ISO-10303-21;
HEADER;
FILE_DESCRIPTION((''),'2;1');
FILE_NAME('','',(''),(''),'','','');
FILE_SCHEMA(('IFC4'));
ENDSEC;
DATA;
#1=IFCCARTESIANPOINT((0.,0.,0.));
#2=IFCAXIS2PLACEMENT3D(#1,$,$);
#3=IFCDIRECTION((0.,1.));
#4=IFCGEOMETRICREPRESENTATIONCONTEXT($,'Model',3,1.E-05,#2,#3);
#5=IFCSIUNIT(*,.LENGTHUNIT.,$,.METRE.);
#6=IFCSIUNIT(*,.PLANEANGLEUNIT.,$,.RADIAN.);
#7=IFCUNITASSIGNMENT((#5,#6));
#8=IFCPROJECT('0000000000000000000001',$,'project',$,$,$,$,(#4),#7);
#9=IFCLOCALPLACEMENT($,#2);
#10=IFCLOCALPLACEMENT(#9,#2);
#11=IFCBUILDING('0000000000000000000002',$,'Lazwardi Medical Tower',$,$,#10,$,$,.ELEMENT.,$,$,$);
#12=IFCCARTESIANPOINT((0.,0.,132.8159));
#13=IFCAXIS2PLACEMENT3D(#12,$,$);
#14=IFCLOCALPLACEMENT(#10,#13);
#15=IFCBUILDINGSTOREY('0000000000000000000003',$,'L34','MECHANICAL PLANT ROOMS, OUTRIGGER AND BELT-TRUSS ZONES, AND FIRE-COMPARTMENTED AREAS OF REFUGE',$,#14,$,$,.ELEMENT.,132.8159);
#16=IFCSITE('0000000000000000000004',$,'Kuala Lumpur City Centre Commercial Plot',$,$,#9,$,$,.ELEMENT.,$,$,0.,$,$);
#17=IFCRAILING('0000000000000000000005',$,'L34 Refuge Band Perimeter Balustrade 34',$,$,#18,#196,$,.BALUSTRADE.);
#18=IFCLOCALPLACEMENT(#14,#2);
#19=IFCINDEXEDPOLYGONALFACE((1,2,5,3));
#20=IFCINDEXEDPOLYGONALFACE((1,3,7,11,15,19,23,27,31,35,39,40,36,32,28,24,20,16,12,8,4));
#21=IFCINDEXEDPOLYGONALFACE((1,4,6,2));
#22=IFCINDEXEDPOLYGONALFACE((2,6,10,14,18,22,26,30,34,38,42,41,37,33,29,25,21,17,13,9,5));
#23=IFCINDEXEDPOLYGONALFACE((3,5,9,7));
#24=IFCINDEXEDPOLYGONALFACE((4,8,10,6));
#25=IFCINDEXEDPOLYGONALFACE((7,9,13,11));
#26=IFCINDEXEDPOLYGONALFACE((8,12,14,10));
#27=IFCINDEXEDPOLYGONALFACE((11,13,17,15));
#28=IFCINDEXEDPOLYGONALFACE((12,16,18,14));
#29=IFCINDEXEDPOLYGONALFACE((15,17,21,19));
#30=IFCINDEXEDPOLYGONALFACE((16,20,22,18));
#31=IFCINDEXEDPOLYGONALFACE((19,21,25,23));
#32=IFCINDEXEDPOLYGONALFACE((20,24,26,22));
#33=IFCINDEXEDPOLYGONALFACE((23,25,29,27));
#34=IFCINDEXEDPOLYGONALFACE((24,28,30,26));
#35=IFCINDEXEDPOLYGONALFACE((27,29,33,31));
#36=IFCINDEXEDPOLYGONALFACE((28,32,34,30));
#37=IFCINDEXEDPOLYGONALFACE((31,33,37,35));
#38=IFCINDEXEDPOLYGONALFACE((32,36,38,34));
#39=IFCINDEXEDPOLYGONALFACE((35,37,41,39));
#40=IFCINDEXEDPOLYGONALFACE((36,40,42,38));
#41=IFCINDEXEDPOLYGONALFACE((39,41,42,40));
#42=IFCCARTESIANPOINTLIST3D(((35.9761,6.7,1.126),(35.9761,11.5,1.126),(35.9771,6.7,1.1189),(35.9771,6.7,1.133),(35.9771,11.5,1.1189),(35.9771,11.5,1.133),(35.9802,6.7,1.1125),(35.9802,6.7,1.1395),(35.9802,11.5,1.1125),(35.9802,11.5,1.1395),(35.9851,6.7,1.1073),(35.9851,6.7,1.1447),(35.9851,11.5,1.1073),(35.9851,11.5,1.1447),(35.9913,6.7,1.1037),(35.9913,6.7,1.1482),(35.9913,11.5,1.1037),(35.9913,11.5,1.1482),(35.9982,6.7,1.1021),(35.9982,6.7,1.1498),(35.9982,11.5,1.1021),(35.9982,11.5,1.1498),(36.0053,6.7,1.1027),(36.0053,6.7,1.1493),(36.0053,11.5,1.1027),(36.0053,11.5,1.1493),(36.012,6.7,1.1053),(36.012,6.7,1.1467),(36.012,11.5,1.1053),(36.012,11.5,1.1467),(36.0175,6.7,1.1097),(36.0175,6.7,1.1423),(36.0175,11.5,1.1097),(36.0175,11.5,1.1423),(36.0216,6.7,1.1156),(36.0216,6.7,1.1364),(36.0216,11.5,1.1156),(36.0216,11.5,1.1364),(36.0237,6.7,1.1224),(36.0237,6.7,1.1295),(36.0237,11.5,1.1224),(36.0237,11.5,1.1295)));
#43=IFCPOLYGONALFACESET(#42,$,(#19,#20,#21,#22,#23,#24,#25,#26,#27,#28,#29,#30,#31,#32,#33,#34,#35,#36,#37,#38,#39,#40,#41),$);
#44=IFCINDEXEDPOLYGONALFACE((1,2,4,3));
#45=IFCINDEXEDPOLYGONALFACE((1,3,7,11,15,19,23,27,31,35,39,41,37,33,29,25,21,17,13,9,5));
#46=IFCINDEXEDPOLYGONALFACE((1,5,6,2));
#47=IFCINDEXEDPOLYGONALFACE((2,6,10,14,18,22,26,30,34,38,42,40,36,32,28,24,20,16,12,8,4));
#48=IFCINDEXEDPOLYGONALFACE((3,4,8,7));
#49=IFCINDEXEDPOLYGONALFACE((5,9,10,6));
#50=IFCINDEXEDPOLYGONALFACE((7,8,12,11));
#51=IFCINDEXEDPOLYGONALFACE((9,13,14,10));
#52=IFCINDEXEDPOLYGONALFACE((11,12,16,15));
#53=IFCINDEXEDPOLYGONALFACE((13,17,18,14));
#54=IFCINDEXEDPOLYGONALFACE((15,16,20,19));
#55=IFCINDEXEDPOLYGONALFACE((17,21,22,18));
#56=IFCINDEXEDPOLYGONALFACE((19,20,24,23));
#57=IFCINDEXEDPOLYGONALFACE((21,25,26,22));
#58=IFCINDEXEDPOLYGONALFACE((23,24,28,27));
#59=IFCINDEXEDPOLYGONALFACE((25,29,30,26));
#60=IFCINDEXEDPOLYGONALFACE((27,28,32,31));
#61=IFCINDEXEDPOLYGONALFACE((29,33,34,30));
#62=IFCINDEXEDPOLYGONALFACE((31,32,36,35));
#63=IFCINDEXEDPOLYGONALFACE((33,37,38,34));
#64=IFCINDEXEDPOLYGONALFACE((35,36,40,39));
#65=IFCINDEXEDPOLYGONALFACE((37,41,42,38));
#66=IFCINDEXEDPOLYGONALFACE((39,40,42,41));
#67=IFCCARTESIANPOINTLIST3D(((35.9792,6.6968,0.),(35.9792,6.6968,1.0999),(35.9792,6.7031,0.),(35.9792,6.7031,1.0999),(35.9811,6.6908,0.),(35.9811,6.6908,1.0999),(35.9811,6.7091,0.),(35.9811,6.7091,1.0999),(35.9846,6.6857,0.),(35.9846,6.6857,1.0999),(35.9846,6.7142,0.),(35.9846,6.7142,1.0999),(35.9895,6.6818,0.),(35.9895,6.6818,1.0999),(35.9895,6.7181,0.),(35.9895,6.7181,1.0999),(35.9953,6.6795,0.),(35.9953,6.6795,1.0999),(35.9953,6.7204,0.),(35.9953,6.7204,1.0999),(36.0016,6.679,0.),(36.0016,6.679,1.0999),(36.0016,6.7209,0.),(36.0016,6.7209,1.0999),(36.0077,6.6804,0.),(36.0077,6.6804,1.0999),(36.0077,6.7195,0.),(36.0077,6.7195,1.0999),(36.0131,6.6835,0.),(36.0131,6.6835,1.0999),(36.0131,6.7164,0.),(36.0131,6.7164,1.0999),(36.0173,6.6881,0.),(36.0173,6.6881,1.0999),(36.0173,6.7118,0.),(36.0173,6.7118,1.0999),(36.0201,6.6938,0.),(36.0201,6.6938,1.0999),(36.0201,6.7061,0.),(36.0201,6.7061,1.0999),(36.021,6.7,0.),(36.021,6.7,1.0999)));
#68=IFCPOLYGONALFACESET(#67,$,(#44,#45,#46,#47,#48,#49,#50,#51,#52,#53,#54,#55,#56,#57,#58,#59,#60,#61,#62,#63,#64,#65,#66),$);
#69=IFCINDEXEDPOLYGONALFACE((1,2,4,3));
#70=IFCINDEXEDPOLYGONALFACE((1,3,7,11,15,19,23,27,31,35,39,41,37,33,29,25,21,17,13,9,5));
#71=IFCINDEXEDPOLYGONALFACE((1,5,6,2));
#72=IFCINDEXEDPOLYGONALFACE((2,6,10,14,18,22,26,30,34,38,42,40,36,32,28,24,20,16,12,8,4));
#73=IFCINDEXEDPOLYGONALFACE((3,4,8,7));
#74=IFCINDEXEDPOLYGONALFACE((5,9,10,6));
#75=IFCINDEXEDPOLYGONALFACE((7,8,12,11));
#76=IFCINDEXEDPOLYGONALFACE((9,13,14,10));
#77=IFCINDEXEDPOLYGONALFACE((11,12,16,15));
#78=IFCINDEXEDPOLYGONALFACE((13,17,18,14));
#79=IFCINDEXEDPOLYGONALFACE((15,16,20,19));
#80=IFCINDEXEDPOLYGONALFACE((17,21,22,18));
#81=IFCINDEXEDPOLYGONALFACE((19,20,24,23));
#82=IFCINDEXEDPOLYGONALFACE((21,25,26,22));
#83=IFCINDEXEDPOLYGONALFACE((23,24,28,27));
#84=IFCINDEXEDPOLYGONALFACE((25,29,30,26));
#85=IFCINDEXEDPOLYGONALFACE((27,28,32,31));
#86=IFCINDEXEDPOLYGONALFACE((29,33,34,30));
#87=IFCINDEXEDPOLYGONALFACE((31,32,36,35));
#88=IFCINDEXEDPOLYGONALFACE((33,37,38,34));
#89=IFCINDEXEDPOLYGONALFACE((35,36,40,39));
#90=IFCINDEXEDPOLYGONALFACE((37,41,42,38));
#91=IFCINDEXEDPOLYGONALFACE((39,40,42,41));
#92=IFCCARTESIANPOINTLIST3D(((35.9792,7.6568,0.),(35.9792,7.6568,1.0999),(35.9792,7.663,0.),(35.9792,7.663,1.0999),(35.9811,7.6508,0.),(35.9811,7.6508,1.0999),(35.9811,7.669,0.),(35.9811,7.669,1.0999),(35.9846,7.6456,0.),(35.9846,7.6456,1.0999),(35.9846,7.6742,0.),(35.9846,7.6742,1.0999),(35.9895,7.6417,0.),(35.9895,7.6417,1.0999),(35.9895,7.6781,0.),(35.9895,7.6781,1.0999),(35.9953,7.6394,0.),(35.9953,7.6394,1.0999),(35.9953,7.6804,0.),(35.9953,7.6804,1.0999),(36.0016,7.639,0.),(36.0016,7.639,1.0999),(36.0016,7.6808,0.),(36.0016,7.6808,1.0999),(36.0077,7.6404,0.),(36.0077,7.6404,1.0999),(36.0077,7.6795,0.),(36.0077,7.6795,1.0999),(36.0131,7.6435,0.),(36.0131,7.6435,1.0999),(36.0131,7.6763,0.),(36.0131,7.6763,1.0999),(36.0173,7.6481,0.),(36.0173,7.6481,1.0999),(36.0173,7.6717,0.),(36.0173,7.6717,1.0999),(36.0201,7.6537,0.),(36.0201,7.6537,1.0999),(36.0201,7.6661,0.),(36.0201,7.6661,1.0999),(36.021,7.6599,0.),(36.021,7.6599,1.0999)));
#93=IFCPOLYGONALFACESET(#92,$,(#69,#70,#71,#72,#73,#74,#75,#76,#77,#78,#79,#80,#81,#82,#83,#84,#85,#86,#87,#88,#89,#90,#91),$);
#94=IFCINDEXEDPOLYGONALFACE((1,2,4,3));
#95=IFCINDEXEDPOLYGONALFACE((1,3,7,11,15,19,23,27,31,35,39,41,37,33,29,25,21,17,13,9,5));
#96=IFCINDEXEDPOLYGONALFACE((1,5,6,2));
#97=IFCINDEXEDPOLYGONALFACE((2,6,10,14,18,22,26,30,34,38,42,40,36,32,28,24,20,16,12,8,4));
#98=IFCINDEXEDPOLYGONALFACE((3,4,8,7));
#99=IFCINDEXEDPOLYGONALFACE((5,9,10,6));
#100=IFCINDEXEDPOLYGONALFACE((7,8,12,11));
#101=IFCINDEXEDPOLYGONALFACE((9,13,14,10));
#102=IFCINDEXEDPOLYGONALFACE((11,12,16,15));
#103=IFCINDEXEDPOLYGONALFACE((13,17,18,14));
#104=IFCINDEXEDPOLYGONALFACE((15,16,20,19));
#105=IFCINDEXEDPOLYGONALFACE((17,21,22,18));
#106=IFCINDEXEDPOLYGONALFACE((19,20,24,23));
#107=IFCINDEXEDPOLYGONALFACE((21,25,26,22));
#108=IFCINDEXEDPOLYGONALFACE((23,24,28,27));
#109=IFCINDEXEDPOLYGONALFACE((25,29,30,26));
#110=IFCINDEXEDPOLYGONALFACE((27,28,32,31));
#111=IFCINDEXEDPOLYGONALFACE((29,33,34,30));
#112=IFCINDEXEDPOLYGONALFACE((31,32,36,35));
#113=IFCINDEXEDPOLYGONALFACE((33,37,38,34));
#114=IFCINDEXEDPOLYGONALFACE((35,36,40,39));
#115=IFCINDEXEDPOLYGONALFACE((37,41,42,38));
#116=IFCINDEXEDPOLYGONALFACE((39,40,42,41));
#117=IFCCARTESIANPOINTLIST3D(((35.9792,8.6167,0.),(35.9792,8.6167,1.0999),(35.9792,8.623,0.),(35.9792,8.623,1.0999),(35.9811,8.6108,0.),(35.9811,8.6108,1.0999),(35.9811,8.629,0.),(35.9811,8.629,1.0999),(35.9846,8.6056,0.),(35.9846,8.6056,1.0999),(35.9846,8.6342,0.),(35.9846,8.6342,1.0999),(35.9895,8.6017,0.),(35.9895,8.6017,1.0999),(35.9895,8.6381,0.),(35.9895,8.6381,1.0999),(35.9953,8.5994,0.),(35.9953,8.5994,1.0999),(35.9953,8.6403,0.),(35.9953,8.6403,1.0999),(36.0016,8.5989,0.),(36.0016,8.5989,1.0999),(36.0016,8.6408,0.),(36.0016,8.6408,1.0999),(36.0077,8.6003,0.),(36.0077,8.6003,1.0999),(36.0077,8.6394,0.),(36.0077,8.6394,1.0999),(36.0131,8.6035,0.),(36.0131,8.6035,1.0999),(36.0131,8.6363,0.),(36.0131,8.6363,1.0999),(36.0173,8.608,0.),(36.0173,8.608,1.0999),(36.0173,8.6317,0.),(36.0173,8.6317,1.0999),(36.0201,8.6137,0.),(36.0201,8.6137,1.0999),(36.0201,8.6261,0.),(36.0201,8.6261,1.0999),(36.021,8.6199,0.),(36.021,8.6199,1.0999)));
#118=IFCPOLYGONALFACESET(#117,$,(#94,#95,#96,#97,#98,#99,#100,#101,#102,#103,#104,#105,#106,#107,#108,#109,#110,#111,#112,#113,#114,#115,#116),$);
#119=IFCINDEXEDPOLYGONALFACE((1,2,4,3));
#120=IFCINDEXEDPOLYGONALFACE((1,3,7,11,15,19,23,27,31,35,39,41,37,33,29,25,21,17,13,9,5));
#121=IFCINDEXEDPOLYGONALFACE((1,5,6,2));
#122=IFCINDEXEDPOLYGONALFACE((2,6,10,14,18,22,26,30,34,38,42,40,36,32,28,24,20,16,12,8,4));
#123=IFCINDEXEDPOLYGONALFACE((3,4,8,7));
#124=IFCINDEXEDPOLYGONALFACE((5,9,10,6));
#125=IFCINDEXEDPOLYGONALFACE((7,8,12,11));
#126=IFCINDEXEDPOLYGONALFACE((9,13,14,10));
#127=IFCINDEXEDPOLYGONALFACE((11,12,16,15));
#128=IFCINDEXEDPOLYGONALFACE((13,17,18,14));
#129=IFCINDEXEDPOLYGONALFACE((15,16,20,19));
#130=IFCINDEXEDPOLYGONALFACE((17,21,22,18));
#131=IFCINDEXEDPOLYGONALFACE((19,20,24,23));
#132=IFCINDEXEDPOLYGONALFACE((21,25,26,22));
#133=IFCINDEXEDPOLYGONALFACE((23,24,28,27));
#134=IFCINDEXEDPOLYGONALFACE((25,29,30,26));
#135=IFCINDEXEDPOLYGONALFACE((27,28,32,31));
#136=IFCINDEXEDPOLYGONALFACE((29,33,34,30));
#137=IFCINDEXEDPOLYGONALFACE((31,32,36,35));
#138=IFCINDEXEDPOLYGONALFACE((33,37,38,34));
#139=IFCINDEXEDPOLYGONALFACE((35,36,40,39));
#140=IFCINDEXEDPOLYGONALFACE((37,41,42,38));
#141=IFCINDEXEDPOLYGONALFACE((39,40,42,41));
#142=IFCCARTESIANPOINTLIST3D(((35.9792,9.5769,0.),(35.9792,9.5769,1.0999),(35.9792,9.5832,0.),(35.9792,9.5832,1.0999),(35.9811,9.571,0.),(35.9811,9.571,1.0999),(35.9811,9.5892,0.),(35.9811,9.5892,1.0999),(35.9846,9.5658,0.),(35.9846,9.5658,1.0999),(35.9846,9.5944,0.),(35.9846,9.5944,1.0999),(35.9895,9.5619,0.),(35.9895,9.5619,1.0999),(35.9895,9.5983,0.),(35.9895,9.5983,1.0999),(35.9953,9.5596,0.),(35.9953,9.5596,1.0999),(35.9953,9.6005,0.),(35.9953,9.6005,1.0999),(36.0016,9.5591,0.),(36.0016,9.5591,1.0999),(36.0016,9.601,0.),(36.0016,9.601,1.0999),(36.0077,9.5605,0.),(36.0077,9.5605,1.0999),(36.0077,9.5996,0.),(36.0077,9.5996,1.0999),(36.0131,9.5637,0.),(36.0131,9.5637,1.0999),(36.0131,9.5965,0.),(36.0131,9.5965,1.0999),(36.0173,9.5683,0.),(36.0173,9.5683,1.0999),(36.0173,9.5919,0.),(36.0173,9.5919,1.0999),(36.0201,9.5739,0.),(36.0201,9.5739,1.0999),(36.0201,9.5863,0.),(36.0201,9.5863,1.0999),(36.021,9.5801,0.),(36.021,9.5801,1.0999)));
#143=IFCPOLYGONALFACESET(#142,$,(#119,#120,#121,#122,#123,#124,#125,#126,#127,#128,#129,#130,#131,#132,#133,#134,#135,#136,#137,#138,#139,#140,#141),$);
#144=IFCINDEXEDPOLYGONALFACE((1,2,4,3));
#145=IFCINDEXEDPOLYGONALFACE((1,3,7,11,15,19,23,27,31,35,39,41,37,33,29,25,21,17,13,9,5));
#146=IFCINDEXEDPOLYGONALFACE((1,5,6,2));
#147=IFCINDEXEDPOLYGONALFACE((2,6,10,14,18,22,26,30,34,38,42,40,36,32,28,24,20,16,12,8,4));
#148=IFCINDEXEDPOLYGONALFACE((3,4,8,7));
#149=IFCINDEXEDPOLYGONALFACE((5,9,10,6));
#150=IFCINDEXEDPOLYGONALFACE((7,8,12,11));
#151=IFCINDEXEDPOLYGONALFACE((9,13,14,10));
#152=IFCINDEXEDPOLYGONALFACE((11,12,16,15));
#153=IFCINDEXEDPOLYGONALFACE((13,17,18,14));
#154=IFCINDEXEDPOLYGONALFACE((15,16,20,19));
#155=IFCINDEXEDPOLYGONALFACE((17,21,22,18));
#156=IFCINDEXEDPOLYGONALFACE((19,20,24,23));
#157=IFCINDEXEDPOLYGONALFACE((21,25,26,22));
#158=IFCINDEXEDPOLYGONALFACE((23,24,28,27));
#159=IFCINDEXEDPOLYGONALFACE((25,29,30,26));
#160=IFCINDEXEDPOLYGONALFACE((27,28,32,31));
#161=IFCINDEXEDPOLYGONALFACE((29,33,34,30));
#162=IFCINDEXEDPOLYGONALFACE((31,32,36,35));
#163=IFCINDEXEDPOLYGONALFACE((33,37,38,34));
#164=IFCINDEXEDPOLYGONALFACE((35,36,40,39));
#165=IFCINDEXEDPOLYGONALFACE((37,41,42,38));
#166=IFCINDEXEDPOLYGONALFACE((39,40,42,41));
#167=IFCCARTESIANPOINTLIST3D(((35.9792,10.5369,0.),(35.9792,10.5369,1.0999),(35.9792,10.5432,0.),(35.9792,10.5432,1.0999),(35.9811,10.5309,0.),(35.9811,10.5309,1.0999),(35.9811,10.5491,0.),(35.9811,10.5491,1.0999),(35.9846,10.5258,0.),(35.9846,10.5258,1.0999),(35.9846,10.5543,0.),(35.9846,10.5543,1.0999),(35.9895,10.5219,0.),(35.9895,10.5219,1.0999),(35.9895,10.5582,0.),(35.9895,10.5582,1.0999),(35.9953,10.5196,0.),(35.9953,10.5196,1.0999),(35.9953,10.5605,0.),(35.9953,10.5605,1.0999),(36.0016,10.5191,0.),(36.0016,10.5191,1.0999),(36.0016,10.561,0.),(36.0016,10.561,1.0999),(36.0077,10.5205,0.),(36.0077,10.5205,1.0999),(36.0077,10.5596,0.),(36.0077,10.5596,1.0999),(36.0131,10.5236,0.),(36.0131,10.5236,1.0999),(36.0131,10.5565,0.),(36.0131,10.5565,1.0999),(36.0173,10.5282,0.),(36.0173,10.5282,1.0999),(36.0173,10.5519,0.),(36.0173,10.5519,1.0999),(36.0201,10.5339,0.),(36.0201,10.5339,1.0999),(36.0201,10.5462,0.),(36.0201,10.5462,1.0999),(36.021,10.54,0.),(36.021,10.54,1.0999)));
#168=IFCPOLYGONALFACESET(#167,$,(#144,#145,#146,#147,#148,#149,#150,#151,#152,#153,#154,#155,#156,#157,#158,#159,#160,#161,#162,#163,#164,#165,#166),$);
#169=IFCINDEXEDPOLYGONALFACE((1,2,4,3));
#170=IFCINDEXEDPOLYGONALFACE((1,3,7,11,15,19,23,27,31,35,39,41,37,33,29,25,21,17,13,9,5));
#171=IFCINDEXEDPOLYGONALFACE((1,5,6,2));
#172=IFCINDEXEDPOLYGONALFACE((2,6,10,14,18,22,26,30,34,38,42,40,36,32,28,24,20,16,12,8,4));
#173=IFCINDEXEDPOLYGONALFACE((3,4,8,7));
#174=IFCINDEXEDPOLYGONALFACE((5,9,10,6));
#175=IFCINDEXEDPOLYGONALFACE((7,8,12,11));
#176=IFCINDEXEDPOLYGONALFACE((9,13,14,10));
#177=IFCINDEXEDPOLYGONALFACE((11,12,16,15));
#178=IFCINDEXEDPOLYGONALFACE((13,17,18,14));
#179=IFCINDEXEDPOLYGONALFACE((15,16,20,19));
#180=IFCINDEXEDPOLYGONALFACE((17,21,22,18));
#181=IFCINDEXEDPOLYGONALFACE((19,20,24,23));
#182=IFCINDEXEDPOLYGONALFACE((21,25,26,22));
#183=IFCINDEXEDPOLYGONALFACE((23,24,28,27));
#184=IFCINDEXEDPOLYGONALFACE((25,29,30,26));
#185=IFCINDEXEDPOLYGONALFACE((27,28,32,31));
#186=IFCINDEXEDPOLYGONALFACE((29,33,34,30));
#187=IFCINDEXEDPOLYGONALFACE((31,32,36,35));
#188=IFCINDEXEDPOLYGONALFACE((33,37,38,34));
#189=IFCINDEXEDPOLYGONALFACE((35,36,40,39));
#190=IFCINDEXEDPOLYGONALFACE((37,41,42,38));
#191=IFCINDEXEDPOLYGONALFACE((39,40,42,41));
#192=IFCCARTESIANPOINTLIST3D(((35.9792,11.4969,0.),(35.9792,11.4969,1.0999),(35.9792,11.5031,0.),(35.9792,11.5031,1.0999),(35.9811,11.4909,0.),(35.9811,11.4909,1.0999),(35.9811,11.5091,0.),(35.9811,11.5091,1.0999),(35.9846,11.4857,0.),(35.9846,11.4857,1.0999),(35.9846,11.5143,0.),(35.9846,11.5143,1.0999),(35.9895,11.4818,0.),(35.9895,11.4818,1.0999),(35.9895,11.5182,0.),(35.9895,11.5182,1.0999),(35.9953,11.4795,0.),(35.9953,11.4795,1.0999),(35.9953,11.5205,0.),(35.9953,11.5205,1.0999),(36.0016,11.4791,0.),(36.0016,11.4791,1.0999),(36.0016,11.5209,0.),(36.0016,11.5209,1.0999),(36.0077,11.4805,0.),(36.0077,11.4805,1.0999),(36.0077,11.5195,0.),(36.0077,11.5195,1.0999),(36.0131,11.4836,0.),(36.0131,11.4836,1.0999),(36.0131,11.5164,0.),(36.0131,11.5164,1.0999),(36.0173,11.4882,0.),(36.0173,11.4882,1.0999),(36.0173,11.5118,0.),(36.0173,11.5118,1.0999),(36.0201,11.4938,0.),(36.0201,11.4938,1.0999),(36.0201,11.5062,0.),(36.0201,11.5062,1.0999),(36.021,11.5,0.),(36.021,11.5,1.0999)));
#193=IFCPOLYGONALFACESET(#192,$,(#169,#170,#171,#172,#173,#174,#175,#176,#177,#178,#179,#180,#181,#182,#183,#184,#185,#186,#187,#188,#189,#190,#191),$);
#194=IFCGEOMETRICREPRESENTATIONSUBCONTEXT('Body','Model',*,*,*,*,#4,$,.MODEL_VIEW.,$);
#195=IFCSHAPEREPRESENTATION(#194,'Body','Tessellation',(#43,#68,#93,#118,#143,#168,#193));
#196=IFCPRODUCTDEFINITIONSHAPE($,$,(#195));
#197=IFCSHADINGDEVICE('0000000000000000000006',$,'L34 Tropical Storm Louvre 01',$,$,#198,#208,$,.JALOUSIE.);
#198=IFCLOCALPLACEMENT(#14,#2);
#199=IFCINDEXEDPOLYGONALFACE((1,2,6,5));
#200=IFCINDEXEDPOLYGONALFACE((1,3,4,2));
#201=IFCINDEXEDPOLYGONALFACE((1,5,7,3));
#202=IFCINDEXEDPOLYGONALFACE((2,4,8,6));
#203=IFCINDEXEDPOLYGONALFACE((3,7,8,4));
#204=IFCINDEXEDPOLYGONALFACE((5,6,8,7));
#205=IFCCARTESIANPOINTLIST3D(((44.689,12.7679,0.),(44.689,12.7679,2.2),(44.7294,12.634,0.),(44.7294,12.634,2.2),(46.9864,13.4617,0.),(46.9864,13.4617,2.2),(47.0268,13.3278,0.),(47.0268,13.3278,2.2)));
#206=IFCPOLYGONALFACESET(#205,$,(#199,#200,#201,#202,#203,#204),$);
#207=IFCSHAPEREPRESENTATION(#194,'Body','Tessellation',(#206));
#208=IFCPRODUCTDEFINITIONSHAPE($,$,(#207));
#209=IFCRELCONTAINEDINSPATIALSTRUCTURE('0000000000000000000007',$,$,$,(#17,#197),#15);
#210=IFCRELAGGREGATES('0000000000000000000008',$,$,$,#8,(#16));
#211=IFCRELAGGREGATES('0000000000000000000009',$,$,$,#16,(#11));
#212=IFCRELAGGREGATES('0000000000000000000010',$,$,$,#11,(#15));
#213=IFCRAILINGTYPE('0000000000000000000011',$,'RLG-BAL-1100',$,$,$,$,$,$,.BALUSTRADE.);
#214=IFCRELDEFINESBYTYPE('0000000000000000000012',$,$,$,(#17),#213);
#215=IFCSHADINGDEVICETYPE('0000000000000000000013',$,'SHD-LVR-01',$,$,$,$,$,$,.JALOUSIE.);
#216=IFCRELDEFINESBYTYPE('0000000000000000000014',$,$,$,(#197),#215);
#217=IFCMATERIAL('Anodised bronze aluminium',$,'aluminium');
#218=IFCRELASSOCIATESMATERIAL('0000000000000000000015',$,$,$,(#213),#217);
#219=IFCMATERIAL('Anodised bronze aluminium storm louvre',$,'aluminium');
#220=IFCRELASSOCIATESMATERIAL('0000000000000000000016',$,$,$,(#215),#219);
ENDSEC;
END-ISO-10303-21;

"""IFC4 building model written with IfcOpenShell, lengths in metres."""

from ifc_helpers import new_model, si_unit, direction, frame, origin, origin_2d, place, context, subcontext, project, spatial, rectangle, circle, extrude, material, type_object, element, save


model = new_model("IFC4")

# Units and contexts
model_context = context("Model", 3, precision=1e-05, world=origin(), true_north=direction((0.0, 1.0)))
body_context = subcontext(model_context, "Body", "Model", "MODEL_VIEW")
ifc_project = project(units=[si_unit("LENGTHUNIT", "METRE"), si_unit("PLANEANGLEUNIT", "RADIAN")], contexts=[model_context])

# Site, building, storey
site_placement = place(None, origin())
site = spatial("IfcSite", under=ifc_project, at=site_placement, Name="Kuala Lumpur City Centre Commercial Plot", CompositionType="ELEMENT", RefElevation=0.0)
building_placement = place(site_placement, origin())
building = spatial("IfcBuilding", under=site, at=building_placement, Name="Lazwardi Medical Tower", CompositionType="ELEMENT")
storey_placement = place(building_placement, frame((0.0, 0.0, 132.8159)))
storey = spatial("IfcBuildingStorey", under=building, at=storey_placement, Name="L34", Description="MECHANICAL PLANT ROOMS, OUTRIGGER AND BELT-TRUSS ZONES, AND FIRE-COMPARTMENTED AREAS OF REFUGE", CompositionType="ELEMENT", Elevation=132.8159)

# Railing
ifc_material_1 = material(Name="Anodised bronze aluminium", Category="aluminium")
railing_type = type_object("IfcRailingType", Name="RLG-BAL-1100", PredefinedType="BALUSTRADE", material=ifc_material_1)
railing_1_placement = place(storey_placement, frame((36.0, 6.7, 0.0)))
element("IfcRailing", 1, at=railing_1_placement, inside=storey, type_object=railing_type, Name="L34 Refuge Band Perimeter Balustrade 34", PredefinedType="BALUSTRADE", context=body_context, shape_type="SweptSolid", body=[
    extrude(circle(Radius=0.0239, at=origin_2d()), frame((0.0, 0.0, 1.126), z_axis=(0.0, 1.0, 0.0), x_axis=(-1.0, 0.0, 0.0)), (0.0, 0.0, 1.0), 4.8),
    extrude(circle(Radius=0.021, at=origin_2d()), origin(), (0.0, 0.0, 1.0), 1.0999),
    extrude(circle(Radius=0.021, at=origin_2d()), frame((0.0, 0.96, 0.0)), (0.0, 0.0, 1.0), 1.0999),
    extrude(circle(Radius=0.021, at=origin_2d()), frame((0.0, 1.9199, 0.0)), (0.0, 0.0, 1.0), 1.0999),
    extrude(circle(Radius=0.021, at=origin_2d()), frame((0.0, 2.8801, 0.0)), (0.0, 0.0, 1.0), 1.0999),
    extrude(circle(Radius=0.021, at=origin_2d()), frame((0.0, 3.8401, 0.0)), (0.0, 0.0, 1.0), 1.0999),
    extrude(circle(Radius=0.021, at=origin_2d()), frame((0.0, 4.8, 0.0)), (0.0, 0.0, 1.0), 1.0999),
])

# Shading device
ifc_material_2 = material(Name="Anodised bronze aluminium storm louvre", Category="aluminium")
shading_device_type = type_object("IfcShadingDeviceType", Name="SHD-LVR-01", PredefinedType="JALOUSIE", material=ifc_material_2)
shading_device_placement = place(storey_placement, frame((45.8579, 13.0479, 0.0), z_axis=(0.0, 0.0, 1.0), x_axis=(0.957299, 0.289099, 0.0)))
element("IfcShadingDevice", 2, at=shading_device_placement, inside=storey, type_object=shading_device_type, Name="L34 Tropical Storm Louvre 01", PredefinedType="JALOUSIE", context=body_context, shape_type="SweptSolid", body=[
    extrude(rectangle(XDim=2.3999, YDim=0.1399, at=origin_2d()), origin(), (0.0, 0.0, 1.0), 2.2),
])

save(model, "model.ifc")
